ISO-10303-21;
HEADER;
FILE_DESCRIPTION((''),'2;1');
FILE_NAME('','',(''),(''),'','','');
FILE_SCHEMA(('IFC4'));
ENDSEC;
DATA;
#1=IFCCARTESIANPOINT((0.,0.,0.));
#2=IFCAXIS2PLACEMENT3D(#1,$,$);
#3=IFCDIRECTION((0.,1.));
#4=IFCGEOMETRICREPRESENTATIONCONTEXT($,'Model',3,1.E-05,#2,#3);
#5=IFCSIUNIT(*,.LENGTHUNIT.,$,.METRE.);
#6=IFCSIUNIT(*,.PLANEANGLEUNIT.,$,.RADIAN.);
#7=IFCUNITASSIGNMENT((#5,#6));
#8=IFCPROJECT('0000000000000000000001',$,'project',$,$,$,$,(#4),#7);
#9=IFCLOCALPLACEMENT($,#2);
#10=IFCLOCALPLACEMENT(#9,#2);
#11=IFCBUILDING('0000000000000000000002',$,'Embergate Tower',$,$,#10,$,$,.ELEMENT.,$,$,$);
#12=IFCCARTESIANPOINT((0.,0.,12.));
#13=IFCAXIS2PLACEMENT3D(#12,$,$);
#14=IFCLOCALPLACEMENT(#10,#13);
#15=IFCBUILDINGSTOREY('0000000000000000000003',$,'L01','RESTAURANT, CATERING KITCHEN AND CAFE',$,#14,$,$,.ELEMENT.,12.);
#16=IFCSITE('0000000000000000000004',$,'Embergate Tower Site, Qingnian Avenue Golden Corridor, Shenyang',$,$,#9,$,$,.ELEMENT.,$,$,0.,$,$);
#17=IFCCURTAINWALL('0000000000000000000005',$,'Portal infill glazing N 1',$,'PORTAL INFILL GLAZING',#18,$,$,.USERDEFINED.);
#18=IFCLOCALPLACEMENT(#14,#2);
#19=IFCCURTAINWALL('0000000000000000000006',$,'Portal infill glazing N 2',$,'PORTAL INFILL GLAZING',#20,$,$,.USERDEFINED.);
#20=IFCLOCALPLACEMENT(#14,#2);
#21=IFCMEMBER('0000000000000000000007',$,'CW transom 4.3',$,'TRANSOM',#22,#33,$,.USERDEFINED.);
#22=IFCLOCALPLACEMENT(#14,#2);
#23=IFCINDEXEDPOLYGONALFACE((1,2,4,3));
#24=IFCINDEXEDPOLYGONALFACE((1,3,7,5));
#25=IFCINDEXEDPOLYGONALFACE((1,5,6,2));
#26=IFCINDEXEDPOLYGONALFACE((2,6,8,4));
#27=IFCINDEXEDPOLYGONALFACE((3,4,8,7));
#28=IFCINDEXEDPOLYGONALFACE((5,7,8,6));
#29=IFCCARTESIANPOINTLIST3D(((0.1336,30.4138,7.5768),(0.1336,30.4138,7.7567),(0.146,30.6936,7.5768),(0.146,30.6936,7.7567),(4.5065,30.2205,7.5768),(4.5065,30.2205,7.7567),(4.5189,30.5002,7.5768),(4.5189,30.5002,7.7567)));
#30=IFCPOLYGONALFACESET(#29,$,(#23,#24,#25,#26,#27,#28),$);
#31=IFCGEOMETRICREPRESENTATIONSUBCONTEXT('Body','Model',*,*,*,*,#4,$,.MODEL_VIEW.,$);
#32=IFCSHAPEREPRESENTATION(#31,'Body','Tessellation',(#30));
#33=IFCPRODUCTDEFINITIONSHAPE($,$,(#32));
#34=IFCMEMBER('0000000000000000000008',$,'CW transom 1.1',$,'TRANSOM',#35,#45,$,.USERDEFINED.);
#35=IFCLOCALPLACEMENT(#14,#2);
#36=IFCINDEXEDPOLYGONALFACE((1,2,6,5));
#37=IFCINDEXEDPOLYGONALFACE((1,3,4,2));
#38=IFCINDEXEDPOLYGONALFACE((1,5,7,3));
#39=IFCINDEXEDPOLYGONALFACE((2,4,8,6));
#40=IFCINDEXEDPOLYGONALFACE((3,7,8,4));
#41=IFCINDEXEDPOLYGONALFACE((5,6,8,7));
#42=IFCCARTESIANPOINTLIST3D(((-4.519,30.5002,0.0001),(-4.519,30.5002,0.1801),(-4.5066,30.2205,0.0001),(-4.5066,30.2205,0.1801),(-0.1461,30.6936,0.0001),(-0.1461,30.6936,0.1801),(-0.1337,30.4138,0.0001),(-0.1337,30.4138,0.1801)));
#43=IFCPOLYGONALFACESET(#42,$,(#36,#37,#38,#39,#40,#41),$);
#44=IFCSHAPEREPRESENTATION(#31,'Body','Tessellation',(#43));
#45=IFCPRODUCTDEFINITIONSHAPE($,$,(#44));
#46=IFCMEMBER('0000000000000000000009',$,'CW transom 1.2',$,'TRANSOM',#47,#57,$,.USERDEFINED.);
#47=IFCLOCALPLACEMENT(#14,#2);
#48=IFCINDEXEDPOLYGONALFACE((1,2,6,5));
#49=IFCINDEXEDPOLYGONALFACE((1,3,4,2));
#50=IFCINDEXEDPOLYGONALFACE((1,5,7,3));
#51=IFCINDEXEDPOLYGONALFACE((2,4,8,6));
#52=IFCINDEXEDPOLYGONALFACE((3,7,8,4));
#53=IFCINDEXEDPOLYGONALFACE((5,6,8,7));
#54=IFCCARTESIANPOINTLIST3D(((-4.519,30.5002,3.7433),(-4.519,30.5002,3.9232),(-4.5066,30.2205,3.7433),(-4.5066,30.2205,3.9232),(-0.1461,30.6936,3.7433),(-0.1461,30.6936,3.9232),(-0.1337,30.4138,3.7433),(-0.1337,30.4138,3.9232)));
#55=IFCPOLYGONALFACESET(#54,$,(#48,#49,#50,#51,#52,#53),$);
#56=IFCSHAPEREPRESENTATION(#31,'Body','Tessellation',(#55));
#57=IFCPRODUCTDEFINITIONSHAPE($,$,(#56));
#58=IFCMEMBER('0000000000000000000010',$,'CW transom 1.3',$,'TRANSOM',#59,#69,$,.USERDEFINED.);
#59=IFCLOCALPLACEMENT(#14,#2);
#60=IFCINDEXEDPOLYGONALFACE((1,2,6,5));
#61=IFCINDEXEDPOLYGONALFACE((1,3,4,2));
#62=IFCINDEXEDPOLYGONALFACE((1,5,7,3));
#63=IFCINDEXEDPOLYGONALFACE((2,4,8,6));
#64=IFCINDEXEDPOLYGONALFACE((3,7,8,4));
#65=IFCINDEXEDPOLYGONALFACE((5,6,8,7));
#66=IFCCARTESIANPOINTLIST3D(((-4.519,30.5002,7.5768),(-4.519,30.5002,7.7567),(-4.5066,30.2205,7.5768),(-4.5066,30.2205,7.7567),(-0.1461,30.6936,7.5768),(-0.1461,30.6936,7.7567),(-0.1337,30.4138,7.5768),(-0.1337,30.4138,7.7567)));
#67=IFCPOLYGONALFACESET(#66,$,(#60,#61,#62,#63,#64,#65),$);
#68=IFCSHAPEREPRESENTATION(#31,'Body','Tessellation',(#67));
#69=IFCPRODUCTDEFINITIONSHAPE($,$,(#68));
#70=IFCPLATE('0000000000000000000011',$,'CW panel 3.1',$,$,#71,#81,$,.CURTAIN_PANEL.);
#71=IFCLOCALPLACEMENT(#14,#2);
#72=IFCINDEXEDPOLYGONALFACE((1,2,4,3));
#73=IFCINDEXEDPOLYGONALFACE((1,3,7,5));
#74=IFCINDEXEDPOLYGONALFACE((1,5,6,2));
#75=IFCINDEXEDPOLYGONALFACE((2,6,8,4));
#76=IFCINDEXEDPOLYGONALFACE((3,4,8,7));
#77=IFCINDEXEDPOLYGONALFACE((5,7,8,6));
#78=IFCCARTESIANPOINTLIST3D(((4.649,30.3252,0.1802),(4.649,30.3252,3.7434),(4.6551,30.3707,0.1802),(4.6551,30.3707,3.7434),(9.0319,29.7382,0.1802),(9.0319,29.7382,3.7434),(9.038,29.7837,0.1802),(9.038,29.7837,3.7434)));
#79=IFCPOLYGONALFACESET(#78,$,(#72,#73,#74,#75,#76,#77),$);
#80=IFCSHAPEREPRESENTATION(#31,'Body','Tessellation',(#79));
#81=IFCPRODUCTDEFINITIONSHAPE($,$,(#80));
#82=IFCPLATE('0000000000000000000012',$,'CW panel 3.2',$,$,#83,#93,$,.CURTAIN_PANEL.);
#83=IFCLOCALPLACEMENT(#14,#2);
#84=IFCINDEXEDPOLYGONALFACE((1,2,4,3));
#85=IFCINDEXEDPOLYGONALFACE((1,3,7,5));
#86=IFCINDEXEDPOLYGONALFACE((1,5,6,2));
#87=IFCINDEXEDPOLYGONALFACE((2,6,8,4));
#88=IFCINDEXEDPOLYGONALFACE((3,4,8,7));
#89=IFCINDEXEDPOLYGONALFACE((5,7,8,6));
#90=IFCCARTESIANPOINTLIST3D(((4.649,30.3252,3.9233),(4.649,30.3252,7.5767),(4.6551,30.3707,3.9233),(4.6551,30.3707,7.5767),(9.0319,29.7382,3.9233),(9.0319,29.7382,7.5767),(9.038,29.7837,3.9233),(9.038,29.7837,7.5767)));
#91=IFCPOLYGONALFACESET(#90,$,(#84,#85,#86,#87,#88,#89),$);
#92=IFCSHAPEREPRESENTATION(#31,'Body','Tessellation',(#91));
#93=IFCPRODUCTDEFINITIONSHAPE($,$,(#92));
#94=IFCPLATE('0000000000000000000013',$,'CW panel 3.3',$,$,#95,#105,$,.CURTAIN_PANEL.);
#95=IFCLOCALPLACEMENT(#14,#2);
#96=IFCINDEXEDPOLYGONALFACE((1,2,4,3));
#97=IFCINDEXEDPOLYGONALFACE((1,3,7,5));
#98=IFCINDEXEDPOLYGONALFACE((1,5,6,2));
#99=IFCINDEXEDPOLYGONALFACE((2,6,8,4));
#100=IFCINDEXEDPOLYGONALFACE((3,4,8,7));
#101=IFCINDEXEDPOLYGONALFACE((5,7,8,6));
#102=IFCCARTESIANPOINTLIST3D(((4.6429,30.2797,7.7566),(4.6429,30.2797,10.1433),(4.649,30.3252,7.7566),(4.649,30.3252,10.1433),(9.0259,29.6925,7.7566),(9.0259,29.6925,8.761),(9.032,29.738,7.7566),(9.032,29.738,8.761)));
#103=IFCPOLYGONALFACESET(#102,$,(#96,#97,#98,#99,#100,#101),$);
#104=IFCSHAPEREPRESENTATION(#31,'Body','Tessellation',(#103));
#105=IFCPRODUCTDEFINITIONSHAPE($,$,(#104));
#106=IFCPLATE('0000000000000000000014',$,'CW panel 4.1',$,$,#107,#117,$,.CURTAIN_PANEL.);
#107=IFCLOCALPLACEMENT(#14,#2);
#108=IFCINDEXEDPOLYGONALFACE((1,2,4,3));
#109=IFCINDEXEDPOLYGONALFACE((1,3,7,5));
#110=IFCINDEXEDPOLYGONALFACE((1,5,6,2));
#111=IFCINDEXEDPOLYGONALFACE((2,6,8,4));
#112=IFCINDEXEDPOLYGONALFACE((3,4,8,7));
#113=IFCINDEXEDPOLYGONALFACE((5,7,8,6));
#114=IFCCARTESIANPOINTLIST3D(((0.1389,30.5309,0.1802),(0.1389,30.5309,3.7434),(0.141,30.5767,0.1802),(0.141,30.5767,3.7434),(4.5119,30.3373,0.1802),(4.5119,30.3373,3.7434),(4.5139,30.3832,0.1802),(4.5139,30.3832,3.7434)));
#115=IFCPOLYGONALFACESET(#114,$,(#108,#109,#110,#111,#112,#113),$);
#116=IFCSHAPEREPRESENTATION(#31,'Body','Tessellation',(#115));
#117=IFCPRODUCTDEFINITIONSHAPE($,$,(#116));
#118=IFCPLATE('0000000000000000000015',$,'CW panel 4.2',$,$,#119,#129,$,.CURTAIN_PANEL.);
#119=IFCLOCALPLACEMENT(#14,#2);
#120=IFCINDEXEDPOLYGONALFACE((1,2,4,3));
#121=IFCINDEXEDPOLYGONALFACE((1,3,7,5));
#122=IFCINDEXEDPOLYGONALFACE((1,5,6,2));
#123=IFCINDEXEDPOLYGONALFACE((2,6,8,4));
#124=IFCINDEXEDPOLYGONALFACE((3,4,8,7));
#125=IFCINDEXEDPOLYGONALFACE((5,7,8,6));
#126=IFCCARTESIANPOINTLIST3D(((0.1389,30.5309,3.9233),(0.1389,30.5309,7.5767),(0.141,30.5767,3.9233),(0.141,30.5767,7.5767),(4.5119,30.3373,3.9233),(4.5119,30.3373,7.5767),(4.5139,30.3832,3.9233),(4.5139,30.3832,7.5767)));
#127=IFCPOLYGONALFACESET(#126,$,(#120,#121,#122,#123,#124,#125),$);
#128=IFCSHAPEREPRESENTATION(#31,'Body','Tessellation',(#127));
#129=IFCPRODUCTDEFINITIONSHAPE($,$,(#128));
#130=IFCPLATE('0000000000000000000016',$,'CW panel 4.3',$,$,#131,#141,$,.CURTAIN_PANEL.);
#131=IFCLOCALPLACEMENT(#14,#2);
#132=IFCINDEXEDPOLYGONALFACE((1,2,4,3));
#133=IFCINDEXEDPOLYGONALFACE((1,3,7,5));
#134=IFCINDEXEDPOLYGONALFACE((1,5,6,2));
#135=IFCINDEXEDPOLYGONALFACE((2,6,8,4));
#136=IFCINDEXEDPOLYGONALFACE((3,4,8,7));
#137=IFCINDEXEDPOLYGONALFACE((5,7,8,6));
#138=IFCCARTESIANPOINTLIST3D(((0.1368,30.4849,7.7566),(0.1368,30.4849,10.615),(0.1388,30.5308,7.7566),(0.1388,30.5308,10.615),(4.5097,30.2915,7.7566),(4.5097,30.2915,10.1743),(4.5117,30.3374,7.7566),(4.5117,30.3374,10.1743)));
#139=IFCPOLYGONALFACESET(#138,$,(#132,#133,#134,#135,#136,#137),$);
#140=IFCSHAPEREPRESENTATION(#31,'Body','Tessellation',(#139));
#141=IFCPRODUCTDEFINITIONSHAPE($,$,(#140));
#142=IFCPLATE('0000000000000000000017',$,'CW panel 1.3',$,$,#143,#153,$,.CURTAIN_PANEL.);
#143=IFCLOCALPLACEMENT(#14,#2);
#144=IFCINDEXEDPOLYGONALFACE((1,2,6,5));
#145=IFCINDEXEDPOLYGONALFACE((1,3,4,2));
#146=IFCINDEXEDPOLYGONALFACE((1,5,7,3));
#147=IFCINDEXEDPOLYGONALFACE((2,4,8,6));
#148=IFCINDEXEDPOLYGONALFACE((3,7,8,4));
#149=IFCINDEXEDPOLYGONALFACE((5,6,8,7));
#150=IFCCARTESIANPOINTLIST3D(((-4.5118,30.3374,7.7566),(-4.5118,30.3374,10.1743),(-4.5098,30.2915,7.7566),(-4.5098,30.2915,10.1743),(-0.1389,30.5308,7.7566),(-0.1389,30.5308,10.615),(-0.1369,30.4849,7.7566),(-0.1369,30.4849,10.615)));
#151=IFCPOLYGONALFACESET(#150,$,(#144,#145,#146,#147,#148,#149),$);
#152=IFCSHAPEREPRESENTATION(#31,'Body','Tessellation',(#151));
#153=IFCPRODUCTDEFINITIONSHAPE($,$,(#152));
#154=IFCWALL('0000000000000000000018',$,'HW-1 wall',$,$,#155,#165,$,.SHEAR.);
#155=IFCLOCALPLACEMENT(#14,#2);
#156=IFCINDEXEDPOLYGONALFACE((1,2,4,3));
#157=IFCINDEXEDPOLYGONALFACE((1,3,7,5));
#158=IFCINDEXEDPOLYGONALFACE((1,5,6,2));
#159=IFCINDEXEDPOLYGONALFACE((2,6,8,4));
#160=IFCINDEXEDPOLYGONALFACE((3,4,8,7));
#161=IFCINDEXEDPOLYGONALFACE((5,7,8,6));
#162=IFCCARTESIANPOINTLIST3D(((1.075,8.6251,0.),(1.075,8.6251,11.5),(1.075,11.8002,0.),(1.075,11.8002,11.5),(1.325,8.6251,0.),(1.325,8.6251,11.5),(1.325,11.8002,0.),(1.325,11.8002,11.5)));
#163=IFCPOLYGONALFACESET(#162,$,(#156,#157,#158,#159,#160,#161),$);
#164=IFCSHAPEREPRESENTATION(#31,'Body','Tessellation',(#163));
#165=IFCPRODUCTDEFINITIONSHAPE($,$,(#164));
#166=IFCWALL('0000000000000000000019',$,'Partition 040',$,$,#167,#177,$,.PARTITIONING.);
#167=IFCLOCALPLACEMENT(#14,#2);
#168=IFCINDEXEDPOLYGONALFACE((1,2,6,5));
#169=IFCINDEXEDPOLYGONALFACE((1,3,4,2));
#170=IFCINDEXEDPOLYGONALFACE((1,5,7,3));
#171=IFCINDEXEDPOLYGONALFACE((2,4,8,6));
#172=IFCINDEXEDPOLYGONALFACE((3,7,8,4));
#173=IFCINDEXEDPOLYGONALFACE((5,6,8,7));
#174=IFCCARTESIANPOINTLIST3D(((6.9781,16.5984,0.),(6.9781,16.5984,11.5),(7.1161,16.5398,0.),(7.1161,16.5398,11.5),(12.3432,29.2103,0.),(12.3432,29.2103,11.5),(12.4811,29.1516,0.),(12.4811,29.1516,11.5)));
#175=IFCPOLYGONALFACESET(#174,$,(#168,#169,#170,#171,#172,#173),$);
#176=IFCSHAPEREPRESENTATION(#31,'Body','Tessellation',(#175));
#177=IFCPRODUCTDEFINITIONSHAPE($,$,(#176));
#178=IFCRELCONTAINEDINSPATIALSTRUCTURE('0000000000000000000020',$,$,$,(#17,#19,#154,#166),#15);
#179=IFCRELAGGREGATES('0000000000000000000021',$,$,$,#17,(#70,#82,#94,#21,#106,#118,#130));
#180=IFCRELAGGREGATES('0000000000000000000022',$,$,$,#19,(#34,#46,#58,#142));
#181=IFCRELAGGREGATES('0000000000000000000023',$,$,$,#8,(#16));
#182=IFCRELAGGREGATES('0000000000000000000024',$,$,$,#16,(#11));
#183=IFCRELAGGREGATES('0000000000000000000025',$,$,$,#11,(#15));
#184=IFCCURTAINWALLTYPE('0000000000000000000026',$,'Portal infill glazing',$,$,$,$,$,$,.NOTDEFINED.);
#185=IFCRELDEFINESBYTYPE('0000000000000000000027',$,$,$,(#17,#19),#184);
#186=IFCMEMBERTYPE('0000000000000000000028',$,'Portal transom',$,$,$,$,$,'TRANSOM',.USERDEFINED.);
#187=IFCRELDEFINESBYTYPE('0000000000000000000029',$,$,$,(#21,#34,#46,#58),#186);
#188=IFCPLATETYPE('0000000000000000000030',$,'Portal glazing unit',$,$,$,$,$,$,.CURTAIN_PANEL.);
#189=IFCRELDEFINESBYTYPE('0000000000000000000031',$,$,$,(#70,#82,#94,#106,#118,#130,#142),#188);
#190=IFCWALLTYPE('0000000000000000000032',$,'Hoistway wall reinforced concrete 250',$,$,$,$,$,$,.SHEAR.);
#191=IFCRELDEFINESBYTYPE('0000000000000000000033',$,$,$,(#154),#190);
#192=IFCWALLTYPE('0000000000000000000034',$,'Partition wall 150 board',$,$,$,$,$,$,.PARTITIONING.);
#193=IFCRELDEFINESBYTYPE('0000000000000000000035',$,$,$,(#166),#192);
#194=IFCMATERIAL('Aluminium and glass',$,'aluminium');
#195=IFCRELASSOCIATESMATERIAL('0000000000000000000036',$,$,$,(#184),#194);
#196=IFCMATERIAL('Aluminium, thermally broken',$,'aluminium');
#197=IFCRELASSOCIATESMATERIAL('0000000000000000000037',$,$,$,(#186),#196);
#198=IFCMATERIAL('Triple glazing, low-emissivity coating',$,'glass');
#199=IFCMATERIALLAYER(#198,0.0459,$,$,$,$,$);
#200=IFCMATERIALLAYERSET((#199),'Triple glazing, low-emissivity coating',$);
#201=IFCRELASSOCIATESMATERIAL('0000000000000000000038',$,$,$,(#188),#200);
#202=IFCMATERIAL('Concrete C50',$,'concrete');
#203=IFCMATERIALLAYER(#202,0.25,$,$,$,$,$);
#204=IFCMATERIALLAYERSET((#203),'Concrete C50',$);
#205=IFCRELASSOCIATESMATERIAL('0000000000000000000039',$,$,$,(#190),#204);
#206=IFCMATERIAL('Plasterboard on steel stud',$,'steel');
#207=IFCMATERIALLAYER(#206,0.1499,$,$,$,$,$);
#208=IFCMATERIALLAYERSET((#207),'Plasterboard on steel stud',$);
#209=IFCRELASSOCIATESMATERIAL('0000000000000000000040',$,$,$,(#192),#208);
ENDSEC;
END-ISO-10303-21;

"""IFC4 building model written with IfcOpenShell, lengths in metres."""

from ifc_helpers import new_model, si_unit, direction, frame, frame_2d, origin, origin_2d, place, context, subcontext, project, spatial, polyline, rectangle, outline, extrude, source, transform, mapped, material, layer, layer_set, material_profile, profile_set, type_object, element, aggregate, save


model = new_model("IFC4")

# Units and contexts
model_context = context("Model", 3, precision=1e-05, world=origin(), true_north=direction((0.0, 1.0)))
body_context = subcontext(model_context, "Body", "Model", "MODEL_VIEW")
ifc_project = project(units=[si_unit("LENGTHUNIT", "METRE"), si_unit("PLANEANGLEUNIT", "RADIAN")], contexts=[model_context])

# Site, building, storey
site_placement = place(None, origin())
site = spatial("IfcSite", under=ifc_project, at=site_placement, Name="Embergate Tower Site, Qingnian Avenue Golden Corridor, Shenyang", CompositionType="ELEMENT", RefElevation=0.0)
building_placement = place(site_placement, origin())
building = spatial("IfcBuilding", under=site, at=building_placement, Name="Embergate Tower", CompositionType="ELEMENT")
storey_placement = place(building_placement, frame((0.0, 0.0, 12.0)))
storey = spatial("IfcBuildingStorey", under=building, at=storey_placement, Name="L01", Description="RESTAURANT, CATERING KITCHEN AND CAFE", CompositionType="ELEMENT", Elevation=12.0)

# Curtain wall
ifc_material_1 = material(Name="Aluminium and glass", Category="aluminium")
curtain_wall_type = type_object("IfcCurtainWallType", Name="Portal infill glazing", PredefinedType="NOTDEFINED", material=ifc_material_1)
curtain_wall_1_placement = place(storey_placement, origin())
curtain_wall_1 = element("IfcCurtainWall", 1, at=curtain_wall_1_placement, inside=storey, type_object=curtain_wall_type, Name="Portal infill glazing N 1", ObjectType="PORTAL INFILL GLAZING", PredefinedType="USERDEFINED")
ifc_material_2 = material(Name="Aluminium, thermally broken", Category="aluminium")

# Curtain wall
curtain_wall_2_placement = place(storey_placement, origin())
curtain_wall_2 = element("IfcCurtainWall", 2, at=curtain_wall_2_placement, inside=storey, type_object=curtain_wall_type, Name="Portal infill glazing N 2", ObjectType="PORTAL INFILL GLAZING", PredefinedType="USERDEFINED")

# Members
ifc_material_profile_1 = material_profile(ifc_material_2, rectangle(XDim=0.28, YDim=0.1799, at=origin_2d()), Name="AL 180x280")
ifc_profile_set_1 = profile_set([ifc_material_profile_1], Name="Aluminium, thermally broken")
member_type_1 = type_object("IfcMemberType", Name="Portal transom", ElementType="TRANSOM", PredefinedType="USERDEFINED", material=ifc_profile_set_1)
shared_shape_1 = source(origin(), body_context, "Body", "SweptSolid", [
    extrude(rectangle(XDim=0.28, YDim=0.1799, at=origin_2d()), origin(), (0.0, 0.0, 1.0), 4.3772),
])
member_1_placement = place(storey_placement, frame((4.5127, 30.3604, 7.6667), z_axis=(-0.999024, 0.044175, 0.0), x_axis=(-0.044175, -0.999024, 0.0)))
member_1 = element("IfcMember", 3, at=member_1_placement, type_object=member_type_1, Name="CW transom 4.3", ObjectType="TRANSOM", PredefinedType="USERDEFINED", context=body_context, shape_type="MappedRepresentation", body=[
    mapped(shared_shape_1, transform((0.0, 0.0, 0.0))),
])
member_2_placement = place(storey_placement, frame((-0.1399, 30.5537, 0.0901), z_axis=(-0.999024, -0.044175, 0.0), x_axis=(0.044175, -0.999024, 0.0)))
member_2 = element("IfcMember", 4, at=member_2_placement, type_object=member_type_1, Name="CW transom 1.1", ObjectType="TRANSOM", PredefinedType="USERDEFINED", context=body_context, shape_type="MappedRepresentation", body=[
    mapped(shared_shape_1, transform((0.0, 0.0, 0.0))),
])
member_3_placement = place(storey_placement, frame((-0.1399, 30.5537, 3.8333), z_axis=(-0.999024, -0.044175, 0.0), x_axis=(0.044175, -0.999024, 0.0)))
member_3 = element("IfcMember", 5, at=member_3_placement, type_object=member_type_1, Name="CW transom 1.2", ObjectType="TRANSOM", PredefinedType="USERDEFINED", context=body_context, shape_type="MappedRepresentation", body=[
    mapped(shared_shape_1, transform((0.0, 0.0, 0.0))),
])
member_4_placement = place(storey_placement, frame((-0.1399, 30.5537, 7.6667), z_axis=(-0.999024, -0.044175, 0.0), x_axis=(0.044175, -0.999024, 0.0)))
member_4 = element("IfcMember", 6, at=member_4_placement, type_object=member_type_1, Name="CW transom 1.3", ObjectType="TRANSOM", PredefinedType="USERDEFINED", context=body_context, shape_type="MappedRepresentation", body=[
    mapped(shared_shape_1, transform((0.0, 0.0, 0.0))),
])

# Plates
ifc_material_3 = material(Name="Triple glazing, low-emissivity coating", Category="glass")
ifc_layer_1 = layer(ifc_material_3, 0.0459)
ifc_layer_set_1 = layer_set([ifc_layer_1], Name="Triple glazing, low-emissivity coating")
plate_type = type_object("IfcPlateType", Name="Portal glazing unit", PredefinedType="CURTAIN_PANEL", material=ifc_layer_set_1)
shared_shape_2 = source(origin(), body_context, "Body", "SweptSolid", [
    extrude(rectangle(XDim=4.4221, YDim=0.0459, at=origin_2d()), origin(), (0.0, 0.0, 1.0), 3.5632),
])
plate_1_placement = place(storey_placement, frame((6.8435, 30.0544, 0.1802), z_axis=(0.0, 0.0, 1.0), x_axis=(-0.991148, 0.132758, 0.0)))
plate_1 = element("IfcPlate", 7, at=plate_1_placement, type_object=plate_type, Name="CW panel 3.1", PredefinedType="CURTAIN_PANEL", context=body_context, shape_type="MappedRepresentation", body=[
    mapped(shared_shape_2, transform((0.0, 0.0, 0.0))),
])
shared_shape_3 = source(origin(), body_context, "Body", "SweptSolid", [
    extrude(rectangle(XDim=4.4221, YDim=0.0459, at=origin_2d()), origin(), (0.0, 0.0, 1.0), 3.6533),
])
plate_2_placement = place(storey_placement, frame((6.8435, 30.0544, 3.9233), z_axis=(0.0, 0.0, 1.0), x_axis=(-0.991148, 0.132758, 0.0)))
plate_2 = element("IfcPlate", 8, at=plate_2_placement, type_object=plate_type, Name="CW panel 3.2", PredefinedType="CURTAIN_PANEL", context=body_context, shape_type="MappedRepresentation", body=[
    mapped(shared_shape_3, transform((0.0, 0.0, 0.0))),
])
shared_shape_4 = source(origin(), body_context, "Body", "SweptSolid", [
    extrude(outline(polyline([(0.0, 0.0), (4.4221, 0.0), (4.4221, 2.3867), (0.0, 1.0044), (0.0, 0.0)])), origin(), (0.0, 0.0, -1.0), 0.0459),
])
plate_3_placement = place(storey_placement, frame((9.032, 29.738, 7.7566), z_axis=(0.132775, 0.991146, 0.0), x_axis=(-0.991146, 0.132775, 0.0)))
plate_3 = element("IfcPlate", 9, at=plate_3_placement, type_object=plate_type, Name="CW panel 3.3", PredefinedType="CURTAIN_PANEL", context=body_context, shape_type="MappedRepresentation", body=[
    mapped(shared_shape_4, transform((0.0, 0.0, 0.0))),
])
shared_shape_5 = source(origin(), body_context, "Body", "SweptSolid", [
    extrude(rectangle(XDim=4.3772, YDim=0.0459, at=origin_2d()), origin(), (0.0, 0.0, 1.0), 3.5632),
])
plate_4_placement = place(storey_placement, frame((2.3264, 30.457, 0.1802), z_axis=(0.0, 0.0, 1.0), x_axis=(-0.999022, 0.04421, 0.0)))
plate_4 = element("IfcPlate", 10, at=plate_4_placement, type_object=plate_type, Name="CW panel 4.1", PredefinedType="CURTAIN_PANEL", context=body_context, shape_type="MappedRepresentation", body=[
    mapped(shared_shape_5, transform((0.0, 0.0, 0.0))),
])
shared_shape_6 = source(origin(), body_context, "Body", "SweptSolid", [
    extrude(rectangle(XDim=4.3772, YDim=0.0459, at=origin_2d()), origin(), (0.0, 0.0, 1.0), 3.6533),
])
plate_5_placement = place(storey_placement, frame((2.3264, 30.457, 3.9233), z_axis=(0.0, 0.0, 1.0), x_axis=(-0.999022, 0.04421, 0.0)))
plate_5 = element("IfcPlate", 11, at=plate_5_placement, type_object=plate_type, Name="CW panel 4.2", PredefinedType="CURTAIN_PANEL", context=body_context, shape_type="MappedRepresentation", body=[
    mapped(shared_shape_6, transform((0.0, 0.0, 0.0))),
])
shared_shape_7 = source(origin(), body_context, "Body", "SweptSolid", [
    extrude(outline(polyline([(0.0, 0.0), (4.3772, 0.0), (4.3772, 2.8584), (0.0, 2.4177), (0.0, 0.0)])), origin(), (0.0, 0.0, -1.0), 0.0459),
])
plate_6_placement = place(storey_placement, frame((4.5117, 30.3374, 7.7566), z_axis=(0.044175, 0.999024, 0.0), x_axis=(-0.999024, 0.044175, 0.0)))
plate_6 = element("IfcPlate", 12, at=plate_6_placement, type_object=plate_type, Name="CW panel 4.3", PredefinedType="CURTAIN_PANEL", context=body_context, shape_type="MappedRepresentation", body=[
    mapped(shared_shape_7, transform((0.0, 0.0, 0.0))),
])
aggregate(curtain_wall_1, [plate_1, plate_2, plate_3, member_1, plate_4, plate_5, plate_6])
shared_shape_8 = source(origin(), body_context, "Body", "SweptSolid", [
    extrude(outline(polyline([(0.0, 0.0), (4.3772, 0.0), (4.3772, 2.4177), (0.0, 2.8584), (0.0, 0.0)])), origin(), (0.0, 0.0, -1.0), 0.0459),
])
plate_7_placement = place(storey_placement, frame((-0.1389, 30.5308, 7.7566), z_axis=(-0.044175, 0.999024, 0.0), x_axis=(-0.999024, -0.044175, 0.0)))
plate_7 = element("IfcPlate", 13, at=plate_7_placement, type_object=plate_type, Name="CW panel 1.3", PredefinedType="CURTAIN_PANEL", context=body_context, shape_type="MappedRepresentation", body=[
    mapped(shared_shape_8, transform((0.0, 0.0, 0.0))),
])
aggregate(curtain_wall_2, [member_2, member_3, member_4, plate_7])

# Walls
ifc_material_4 = material(Name="Concrete C50", Category="concrete")
ifc_layer_2 = layer(ifc_material_4, 0.25)
ifc_layer_set_2 = layer_set([ifc_layer_2], Name="Concrete C50")
wall_type_1 = type_object("IfcWallType", Name="Hoistway wall reinforced concrete 250", PredefinedType="SHEAR", material=ifc_layer_set_2)
shared_shape_9 = source(origin(), body_context, "Body", "SweptSolid", [
    extrude(rectangle(XDim=3.175, YDim=0.25, at=frame_2d((1.5874, 0.0))), origin(), (0.0, 0.0, 1.0), 11.5),
])
wall_1_placement = place(storey_placement, frame((1.2, 11.8, 0.0), z_axis=(0.0, 0.0, 1.0), x_axis=(0.0, -1.0, 0.0)))
element("IfcWall", 14, at=wall_1_placement, inside=storey, type_object=wall_type_1, Name="HW-1 wall", PredefinedType="SHEAR", context=body_context, shape_type="MappedRepresentation", body=[
    mapped(shared_shape_9, transform((0.0, 0.0, 0.0))),
])
ifc_material_5 = material(Name="Plasterboard on steel stud", Category="steel")
ifc_layer_3 = layer(ifc_material_5, 0.1499)
ifc_layer_set_3 = layer_set([ifc_layer_3], Name="Plasterboard on steel stud")
wall_type_2 = type_object("IfcWallType", Name="Partition wall 150 board", PredefinedType="PARTITIONING", material=ifc_layer_set_3)
shared_shape_10 = source(origin(), body_context, "Body", "SweptSolid", [
    extrude(rectangle(XDim=13.7056, YDim=0.1499, at=frame_2d((6.8528, 0.0))), origin(), (0.0, 0.0, 1.0), 11.5),
])
wall_2_placement = place(storey_placement, frame((7.0471, 16.5691, 0.0), z_axis=(0.0, 0.0, 1.0), x_axis=(0.391448, 0.9202, 0.0)))
element("IfcWall", 15, at=wall_2_placement, inside=storey, type_object=wall_type_2, Name="Partition 040", PredefinedType="PARTITIONING", context=body_context, shape_type="MappedRepresentation", body=[
    mapped(shared_shape_10, transform((0.0, 0.0, 0.0))),
])

save(model, "model.ifc")
